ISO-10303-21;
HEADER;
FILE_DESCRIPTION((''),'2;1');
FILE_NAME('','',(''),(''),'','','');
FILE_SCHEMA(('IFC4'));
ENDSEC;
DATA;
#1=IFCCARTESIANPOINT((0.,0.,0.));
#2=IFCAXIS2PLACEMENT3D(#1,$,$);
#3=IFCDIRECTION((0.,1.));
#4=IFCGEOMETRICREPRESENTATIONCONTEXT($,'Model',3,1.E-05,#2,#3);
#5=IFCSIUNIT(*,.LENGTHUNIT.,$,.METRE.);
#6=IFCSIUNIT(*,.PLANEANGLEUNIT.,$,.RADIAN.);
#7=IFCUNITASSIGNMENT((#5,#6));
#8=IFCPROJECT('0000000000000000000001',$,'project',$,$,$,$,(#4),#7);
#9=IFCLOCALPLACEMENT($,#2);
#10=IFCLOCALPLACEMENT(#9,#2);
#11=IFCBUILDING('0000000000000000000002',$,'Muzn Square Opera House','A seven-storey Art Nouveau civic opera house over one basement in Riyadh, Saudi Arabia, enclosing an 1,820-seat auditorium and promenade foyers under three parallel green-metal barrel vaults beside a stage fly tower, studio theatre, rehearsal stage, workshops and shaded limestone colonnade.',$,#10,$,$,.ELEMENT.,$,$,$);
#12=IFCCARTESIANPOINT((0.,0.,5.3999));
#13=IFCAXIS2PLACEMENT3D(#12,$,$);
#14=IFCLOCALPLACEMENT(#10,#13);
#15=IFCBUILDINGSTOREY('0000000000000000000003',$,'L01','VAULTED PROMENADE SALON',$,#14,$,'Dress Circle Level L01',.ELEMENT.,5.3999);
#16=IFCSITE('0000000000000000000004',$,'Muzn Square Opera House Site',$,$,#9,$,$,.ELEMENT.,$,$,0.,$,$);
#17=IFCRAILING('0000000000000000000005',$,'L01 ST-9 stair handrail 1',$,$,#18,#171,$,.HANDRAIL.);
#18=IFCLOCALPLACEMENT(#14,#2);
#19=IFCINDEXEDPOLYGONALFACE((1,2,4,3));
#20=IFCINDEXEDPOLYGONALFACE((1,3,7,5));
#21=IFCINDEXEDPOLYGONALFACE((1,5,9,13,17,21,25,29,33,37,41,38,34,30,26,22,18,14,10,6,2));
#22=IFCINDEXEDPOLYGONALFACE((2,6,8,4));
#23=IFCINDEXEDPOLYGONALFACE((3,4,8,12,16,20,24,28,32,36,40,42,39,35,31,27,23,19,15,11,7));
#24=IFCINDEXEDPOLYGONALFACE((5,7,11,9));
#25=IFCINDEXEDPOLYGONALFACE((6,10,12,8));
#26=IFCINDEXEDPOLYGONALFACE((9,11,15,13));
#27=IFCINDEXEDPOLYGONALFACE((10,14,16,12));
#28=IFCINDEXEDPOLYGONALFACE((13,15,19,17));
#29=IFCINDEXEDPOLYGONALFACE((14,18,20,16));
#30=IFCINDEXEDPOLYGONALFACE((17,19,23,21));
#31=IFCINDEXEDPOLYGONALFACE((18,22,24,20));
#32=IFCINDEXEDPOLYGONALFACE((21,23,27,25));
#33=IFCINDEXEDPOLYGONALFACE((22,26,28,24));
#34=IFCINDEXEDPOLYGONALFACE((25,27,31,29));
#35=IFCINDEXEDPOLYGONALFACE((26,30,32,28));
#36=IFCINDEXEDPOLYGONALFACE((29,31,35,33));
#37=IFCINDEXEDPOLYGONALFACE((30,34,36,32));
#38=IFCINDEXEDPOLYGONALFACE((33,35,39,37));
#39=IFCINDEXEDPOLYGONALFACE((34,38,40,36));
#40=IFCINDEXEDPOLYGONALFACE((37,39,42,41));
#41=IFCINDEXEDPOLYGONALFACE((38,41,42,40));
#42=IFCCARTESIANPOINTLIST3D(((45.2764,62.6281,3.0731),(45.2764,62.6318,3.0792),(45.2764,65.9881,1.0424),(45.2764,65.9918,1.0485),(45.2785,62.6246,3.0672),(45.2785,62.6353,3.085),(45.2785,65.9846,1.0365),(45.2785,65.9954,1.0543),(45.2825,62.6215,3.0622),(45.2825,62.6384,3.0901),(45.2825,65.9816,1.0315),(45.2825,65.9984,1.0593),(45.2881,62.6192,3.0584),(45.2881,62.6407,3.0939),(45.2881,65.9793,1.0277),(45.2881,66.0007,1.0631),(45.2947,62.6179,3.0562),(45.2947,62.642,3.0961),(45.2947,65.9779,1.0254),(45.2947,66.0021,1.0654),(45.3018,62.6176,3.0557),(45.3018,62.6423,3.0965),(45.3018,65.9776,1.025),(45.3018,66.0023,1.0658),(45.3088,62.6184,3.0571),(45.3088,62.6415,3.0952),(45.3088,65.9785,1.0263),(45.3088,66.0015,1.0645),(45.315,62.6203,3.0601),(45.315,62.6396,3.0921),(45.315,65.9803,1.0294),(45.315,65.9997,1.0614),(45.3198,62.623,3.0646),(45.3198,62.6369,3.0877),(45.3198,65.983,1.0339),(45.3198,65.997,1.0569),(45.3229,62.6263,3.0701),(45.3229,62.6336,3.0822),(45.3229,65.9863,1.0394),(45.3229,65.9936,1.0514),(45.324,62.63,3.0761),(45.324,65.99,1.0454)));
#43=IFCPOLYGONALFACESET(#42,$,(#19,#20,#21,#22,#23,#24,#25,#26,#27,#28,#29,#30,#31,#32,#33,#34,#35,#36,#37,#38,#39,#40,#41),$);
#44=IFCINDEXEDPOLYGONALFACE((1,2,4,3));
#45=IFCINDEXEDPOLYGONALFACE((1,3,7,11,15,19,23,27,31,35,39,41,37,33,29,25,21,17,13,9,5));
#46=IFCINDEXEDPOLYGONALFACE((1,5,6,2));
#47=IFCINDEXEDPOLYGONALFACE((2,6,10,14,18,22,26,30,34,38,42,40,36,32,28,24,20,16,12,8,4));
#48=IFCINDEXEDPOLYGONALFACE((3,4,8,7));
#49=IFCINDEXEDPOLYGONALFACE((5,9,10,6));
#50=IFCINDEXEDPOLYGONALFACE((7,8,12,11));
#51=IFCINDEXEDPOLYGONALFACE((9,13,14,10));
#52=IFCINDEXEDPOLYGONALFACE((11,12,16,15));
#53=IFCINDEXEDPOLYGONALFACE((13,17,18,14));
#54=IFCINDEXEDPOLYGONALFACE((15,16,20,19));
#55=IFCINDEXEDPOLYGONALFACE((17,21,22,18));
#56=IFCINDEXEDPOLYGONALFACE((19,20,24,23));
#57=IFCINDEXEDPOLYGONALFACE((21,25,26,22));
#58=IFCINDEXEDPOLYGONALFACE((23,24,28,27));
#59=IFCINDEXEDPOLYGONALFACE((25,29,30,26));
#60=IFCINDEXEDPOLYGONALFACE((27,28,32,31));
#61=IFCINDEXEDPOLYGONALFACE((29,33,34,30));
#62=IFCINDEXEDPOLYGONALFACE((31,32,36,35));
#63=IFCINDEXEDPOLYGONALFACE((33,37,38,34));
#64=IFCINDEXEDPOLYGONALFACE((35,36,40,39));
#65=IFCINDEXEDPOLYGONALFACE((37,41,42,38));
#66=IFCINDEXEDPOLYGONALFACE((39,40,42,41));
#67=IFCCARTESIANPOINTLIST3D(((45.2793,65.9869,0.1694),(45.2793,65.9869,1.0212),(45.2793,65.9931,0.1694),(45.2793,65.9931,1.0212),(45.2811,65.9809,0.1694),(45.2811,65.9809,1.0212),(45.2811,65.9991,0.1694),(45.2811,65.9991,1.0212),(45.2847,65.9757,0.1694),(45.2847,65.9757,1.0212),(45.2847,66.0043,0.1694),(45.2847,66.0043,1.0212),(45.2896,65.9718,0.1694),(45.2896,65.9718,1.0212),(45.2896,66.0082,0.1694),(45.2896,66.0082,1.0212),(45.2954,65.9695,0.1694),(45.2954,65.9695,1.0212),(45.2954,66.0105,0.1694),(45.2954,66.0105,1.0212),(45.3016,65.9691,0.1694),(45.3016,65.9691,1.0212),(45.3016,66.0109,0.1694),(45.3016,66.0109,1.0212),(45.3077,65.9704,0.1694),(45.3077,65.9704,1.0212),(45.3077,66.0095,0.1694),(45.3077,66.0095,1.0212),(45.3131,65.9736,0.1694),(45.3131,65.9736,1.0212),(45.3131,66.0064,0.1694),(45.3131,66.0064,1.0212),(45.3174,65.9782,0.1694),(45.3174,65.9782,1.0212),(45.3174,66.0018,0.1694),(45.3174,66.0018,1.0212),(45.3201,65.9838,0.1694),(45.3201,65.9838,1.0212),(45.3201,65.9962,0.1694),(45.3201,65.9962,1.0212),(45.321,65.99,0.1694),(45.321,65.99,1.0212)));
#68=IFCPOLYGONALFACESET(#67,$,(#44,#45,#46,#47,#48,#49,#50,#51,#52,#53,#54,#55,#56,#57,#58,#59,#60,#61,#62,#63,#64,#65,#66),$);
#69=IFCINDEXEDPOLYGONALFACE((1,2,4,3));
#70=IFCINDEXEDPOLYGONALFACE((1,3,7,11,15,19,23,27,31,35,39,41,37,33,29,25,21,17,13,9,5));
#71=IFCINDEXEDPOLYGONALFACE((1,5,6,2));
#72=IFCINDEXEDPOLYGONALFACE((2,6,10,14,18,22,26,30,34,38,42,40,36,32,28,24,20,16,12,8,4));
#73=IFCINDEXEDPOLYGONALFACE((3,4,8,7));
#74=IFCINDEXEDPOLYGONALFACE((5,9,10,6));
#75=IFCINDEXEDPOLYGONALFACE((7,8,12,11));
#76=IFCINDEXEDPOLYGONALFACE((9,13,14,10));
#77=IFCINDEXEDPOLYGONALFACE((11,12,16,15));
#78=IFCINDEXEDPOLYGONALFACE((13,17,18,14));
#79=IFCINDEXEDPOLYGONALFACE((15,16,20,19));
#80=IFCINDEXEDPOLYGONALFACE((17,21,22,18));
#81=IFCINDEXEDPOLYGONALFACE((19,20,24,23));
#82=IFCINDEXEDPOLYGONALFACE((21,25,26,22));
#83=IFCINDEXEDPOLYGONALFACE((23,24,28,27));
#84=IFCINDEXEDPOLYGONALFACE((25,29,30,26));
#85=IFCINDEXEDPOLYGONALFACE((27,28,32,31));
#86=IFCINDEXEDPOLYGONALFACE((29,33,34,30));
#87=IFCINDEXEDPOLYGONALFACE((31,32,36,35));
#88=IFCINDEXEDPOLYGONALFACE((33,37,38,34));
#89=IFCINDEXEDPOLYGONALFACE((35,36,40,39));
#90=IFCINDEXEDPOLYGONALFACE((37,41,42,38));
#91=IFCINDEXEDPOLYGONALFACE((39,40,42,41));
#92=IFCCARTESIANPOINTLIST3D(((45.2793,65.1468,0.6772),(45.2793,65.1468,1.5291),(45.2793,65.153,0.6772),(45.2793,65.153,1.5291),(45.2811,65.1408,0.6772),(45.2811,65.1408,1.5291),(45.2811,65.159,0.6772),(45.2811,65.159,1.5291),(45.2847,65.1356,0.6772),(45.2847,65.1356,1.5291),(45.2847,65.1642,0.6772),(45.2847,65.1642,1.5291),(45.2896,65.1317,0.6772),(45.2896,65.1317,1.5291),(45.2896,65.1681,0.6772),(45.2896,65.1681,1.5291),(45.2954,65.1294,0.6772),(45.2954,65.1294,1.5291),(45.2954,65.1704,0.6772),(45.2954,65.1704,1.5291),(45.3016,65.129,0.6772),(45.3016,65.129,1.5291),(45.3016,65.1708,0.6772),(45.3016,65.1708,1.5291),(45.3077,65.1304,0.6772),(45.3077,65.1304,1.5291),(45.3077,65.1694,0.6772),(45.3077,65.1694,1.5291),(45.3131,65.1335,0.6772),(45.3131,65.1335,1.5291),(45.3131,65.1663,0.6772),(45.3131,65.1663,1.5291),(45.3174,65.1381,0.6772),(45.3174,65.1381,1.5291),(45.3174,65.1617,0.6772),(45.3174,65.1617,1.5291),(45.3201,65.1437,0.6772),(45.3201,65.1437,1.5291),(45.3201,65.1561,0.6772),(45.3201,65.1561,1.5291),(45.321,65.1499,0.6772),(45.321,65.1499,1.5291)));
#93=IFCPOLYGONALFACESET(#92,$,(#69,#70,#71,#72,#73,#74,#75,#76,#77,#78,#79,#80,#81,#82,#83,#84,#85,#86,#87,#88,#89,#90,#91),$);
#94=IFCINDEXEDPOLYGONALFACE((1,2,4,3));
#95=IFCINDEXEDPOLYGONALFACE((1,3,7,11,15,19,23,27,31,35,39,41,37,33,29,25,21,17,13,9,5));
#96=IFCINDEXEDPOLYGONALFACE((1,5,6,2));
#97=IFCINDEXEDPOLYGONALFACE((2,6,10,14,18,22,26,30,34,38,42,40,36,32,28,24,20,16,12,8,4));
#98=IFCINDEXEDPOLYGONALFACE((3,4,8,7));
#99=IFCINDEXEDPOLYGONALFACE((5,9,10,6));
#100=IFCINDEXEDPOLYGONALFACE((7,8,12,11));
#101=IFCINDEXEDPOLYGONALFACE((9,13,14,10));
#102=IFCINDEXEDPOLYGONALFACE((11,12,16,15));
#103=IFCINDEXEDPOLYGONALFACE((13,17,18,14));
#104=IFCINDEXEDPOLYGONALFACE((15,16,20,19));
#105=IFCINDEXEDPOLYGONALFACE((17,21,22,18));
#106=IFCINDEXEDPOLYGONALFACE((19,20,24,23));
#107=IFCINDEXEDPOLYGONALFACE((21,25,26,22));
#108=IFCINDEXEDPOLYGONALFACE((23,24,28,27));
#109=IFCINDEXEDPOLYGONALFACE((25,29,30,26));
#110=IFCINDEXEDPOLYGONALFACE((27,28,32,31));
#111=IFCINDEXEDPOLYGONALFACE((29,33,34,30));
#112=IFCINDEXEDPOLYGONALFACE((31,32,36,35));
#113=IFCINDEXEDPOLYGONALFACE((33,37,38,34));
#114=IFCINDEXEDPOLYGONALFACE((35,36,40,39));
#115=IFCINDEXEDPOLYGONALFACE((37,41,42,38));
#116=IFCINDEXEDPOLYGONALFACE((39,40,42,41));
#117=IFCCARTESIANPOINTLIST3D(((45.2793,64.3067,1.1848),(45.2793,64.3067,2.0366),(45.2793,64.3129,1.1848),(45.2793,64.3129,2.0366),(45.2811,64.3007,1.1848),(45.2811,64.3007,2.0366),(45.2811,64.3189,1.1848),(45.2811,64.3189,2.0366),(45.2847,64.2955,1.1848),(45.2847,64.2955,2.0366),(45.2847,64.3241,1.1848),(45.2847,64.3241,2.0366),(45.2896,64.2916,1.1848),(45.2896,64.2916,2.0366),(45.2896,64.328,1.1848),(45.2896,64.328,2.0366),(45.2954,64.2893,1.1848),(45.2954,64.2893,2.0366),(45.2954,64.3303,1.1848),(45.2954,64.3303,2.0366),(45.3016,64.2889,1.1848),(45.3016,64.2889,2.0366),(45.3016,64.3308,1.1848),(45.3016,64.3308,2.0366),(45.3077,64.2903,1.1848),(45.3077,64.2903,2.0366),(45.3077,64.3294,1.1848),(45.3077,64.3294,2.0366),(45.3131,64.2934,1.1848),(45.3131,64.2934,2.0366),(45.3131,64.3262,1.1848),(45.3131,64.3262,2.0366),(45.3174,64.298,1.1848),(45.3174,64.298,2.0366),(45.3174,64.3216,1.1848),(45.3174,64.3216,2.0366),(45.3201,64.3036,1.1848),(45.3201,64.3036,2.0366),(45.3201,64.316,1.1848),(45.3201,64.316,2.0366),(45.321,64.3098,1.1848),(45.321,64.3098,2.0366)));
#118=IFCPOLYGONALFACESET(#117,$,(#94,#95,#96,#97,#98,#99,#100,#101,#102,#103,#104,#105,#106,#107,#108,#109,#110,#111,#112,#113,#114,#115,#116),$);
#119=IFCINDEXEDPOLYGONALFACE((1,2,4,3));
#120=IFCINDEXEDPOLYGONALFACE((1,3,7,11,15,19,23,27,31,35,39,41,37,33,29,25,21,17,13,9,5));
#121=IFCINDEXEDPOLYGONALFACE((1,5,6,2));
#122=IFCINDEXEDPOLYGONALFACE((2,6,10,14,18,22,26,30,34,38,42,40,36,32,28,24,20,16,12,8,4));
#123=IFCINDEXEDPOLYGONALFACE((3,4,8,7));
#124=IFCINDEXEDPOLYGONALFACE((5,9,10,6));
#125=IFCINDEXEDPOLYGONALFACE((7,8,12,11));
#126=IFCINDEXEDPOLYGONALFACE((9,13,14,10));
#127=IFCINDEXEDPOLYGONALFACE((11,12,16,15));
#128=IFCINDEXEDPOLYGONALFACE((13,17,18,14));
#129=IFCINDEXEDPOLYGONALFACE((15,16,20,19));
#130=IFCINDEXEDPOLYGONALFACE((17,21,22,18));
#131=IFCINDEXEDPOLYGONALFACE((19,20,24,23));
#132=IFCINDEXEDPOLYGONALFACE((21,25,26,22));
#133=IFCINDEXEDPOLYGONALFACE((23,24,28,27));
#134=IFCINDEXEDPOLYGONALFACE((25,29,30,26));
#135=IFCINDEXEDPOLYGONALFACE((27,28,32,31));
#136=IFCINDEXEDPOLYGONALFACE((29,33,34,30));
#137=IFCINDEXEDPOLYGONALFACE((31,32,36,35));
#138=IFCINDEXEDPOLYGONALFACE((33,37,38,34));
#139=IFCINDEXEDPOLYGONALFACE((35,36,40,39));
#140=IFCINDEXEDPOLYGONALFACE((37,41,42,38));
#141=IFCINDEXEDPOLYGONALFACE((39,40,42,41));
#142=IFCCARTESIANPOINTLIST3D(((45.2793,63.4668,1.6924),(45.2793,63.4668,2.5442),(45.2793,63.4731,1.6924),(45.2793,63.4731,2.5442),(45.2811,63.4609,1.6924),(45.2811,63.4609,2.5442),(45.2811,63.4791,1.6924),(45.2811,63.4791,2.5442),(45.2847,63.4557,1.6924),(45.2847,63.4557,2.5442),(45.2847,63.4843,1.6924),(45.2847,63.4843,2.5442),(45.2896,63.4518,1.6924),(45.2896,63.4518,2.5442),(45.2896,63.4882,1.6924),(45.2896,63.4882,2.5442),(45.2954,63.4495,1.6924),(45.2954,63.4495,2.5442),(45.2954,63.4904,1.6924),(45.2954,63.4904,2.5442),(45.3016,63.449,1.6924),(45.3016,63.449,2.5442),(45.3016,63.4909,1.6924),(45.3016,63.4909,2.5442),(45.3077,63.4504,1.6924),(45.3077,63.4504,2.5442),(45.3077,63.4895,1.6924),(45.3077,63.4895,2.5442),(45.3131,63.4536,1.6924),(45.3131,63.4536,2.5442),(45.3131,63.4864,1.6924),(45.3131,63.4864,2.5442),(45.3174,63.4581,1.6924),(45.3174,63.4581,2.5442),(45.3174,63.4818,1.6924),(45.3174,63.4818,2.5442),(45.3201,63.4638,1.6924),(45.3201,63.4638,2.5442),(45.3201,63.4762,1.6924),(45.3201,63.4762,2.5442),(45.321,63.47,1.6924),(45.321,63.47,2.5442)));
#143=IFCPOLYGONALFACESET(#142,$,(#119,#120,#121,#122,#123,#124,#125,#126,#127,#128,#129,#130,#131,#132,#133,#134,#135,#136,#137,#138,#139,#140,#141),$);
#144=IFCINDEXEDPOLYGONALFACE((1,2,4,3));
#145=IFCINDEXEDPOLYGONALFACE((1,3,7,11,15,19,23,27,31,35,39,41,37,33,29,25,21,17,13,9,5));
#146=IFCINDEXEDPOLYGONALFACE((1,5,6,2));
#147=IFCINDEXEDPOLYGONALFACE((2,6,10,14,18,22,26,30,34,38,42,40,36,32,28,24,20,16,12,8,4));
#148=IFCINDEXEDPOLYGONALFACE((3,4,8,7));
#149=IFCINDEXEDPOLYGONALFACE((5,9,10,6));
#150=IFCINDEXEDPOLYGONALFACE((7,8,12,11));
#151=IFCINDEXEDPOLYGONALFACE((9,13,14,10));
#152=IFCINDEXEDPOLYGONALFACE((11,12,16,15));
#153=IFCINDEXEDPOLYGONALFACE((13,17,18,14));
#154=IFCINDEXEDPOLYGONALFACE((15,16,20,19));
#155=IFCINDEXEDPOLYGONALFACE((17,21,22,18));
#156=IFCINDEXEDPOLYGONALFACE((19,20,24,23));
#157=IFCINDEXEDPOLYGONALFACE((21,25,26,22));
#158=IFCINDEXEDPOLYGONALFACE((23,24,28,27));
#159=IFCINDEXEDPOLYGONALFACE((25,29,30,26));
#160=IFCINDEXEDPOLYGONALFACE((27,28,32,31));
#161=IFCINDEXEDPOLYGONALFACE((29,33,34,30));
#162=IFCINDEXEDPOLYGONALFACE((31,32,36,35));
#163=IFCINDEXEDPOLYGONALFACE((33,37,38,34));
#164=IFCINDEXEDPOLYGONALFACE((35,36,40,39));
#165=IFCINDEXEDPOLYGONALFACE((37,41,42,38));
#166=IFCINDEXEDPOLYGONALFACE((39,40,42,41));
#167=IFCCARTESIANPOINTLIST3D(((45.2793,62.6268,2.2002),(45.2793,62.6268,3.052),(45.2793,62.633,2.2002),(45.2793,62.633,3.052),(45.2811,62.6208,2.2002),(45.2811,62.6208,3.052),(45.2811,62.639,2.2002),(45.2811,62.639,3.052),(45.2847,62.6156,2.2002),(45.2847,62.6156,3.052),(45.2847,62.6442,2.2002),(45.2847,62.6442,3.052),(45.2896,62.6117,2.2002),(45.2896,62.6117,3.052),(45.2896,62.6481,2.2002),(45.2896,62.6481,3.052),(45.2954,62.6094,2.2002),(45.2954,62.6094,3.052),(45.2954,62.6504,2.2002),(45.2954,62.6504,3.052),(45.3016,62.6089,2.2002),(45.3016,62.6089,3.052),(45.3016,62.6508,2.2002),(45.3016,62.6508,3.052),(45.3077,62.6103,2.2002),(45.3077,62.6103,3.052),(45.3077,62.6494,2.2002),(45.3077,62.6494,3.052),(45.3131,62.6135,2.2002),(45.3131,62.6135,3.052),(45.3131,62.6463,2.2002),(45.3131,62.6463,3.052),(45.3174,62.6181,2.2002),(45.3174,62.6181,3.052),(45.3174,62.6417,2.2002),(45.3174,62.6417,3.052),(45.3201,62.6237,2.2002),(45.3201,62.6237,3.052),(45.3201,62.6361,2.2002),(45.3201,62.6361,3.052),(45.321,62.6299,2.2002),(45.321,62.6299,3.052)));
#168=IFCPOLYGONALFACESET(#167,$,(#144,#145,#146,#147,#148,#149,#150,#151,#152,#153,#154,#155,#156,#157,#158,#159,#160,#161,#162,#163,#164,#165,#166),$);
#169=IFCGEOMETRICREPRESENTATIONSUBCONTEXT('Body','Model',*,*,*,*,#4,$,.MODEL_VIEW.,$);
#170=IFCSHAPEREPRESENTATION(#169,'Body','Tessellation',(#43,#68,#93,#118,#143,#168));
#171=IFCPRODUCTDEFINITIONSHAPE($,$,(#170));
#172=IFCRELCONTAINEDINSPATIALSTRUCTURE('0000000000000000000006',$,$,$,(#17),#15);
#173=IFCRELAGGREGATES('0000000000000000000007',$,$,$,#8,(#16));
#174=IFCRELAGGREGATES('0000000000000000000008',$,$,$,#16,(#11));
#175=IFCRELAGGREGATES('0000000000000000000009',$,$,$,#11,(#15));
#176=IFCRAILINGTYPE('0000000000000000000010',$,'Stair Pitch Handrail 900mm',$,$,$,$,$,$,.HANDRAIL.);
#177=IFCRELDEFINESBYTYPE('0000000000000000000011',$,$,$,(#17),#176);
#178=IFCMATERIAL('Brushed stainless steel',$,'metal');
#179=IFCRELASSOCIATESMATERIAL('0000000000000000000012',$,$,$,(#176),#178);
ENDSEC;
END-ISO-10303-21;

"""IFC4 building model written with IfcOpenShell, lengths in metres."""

from ifc_helpers import new_model, si_unit, direction, frame, origin, origin_2d, place, context, subcontext, project, spatial, circle, extrude, material, type_object, element, save


model = new_model("IFC4")

# Units and contexts
model_context = context("Model", 3, precision=1e-05, world=origin(), true_north=direction((0.0, 1.0)))
body_context = subcontext(model_context, "Body", "Model", "MODEL_VIEW")
ifc_project = project(units=[si_unit("LENGTHUNIT", "METRE"), si_unit("PLANEANGLEUNIT", "RADIAN")], contexts=[model_context])

# Site, building, storey
site_placement = place(None, origin())
site = spatial("IfcSite", under=ifc_project, at=site_placement, Name="Muzn Square Opera House Site", CompositionType="ELEMENT", RefElevation=0.0)
building_placement = place(site_placement, origin())
building = spatial("IfcBuilding", under=site, at=building_placement, Name="Muzn Square Opera House", Description="A seven-storey Art Nouveau civic opera house over one basement in Riyadh, Saudi Arabia, enclosing an 1,820-seat auditorium and promenade foyers under three parallel green-metal barrel vaults beside a stage fly tower, studio theatre, rehearsal stage, workshops and shaded limestone colonnade.", CompositionType="ELEMENT")
storey_placement = place(building_placement, frame((0.0, 0.0, 5.3999)))
storey = spatial("IfcBuildingStorey", under=building, at=storey_placement, Name="L01", Description="VAULTED PROMENADE SALON", LongName="Dress Circle Level L01", CompositionType="ELEMENT", Elevation=5.3999)

# Railing
ifc_material_1 = material(Name="Brushed stainless steel", Category="metal")
railing_type_1 = type_object("IfcRailingType", Name="Stair Pitch Handrail 900mm", PredefinedType="HANDRAIL", material=ifc_material_1)
railing_1_placement = place(storey_placement, frame((45.3, 65.99, 0.1694)))
element("IfcRailing", 1, at=railing_1_placement, inside=storey, type_object=railing_type_1, Name="L01 ST-9 stair handrail 1", PredefinedType="HANDRAIL", context=body_context, shape_type="SweptSolid", body=[
    extrude(circle(Radius=0.0239, at=origin_2d()), frame((0.0, 0.0, 0.876), z_axis=(0.0, -0.855837, 0.517246), x_axis=(1.0, 0.0, 0.0)), (0.0, 0.0, 1.0), 3.926),
    extrude(circle(Radius=0.021, at=origin_2d()), origin(), (0.0, 0.0, 1.0), 0.8518),
    extrude(circle(Radius=0.021, at=origin_2d()), frame((0.0, -0.8401, 0.5078)), (0.0, 0.0, 1.0), 0.8518),
    extrude(circle(Radius=0.021, at=origin_2d()), frame((0.0, -1.6802, 1.0154)), (0.0, 0.0, 1.0), 0.8518),
    extrude(circle(Radius=0.021, at=origin_2d()), frame((0.0, -2.52, 1.5229)), (0.0, 0.0, 1.0), 0.8518),
    extrude(circle(Radius=0.021, at=origin_2d()), frame((0.0, -3.3601, 2.0308)), (0.0, 0.0, 1.0), 0.8518),
])

save(model, "model.ifc")
